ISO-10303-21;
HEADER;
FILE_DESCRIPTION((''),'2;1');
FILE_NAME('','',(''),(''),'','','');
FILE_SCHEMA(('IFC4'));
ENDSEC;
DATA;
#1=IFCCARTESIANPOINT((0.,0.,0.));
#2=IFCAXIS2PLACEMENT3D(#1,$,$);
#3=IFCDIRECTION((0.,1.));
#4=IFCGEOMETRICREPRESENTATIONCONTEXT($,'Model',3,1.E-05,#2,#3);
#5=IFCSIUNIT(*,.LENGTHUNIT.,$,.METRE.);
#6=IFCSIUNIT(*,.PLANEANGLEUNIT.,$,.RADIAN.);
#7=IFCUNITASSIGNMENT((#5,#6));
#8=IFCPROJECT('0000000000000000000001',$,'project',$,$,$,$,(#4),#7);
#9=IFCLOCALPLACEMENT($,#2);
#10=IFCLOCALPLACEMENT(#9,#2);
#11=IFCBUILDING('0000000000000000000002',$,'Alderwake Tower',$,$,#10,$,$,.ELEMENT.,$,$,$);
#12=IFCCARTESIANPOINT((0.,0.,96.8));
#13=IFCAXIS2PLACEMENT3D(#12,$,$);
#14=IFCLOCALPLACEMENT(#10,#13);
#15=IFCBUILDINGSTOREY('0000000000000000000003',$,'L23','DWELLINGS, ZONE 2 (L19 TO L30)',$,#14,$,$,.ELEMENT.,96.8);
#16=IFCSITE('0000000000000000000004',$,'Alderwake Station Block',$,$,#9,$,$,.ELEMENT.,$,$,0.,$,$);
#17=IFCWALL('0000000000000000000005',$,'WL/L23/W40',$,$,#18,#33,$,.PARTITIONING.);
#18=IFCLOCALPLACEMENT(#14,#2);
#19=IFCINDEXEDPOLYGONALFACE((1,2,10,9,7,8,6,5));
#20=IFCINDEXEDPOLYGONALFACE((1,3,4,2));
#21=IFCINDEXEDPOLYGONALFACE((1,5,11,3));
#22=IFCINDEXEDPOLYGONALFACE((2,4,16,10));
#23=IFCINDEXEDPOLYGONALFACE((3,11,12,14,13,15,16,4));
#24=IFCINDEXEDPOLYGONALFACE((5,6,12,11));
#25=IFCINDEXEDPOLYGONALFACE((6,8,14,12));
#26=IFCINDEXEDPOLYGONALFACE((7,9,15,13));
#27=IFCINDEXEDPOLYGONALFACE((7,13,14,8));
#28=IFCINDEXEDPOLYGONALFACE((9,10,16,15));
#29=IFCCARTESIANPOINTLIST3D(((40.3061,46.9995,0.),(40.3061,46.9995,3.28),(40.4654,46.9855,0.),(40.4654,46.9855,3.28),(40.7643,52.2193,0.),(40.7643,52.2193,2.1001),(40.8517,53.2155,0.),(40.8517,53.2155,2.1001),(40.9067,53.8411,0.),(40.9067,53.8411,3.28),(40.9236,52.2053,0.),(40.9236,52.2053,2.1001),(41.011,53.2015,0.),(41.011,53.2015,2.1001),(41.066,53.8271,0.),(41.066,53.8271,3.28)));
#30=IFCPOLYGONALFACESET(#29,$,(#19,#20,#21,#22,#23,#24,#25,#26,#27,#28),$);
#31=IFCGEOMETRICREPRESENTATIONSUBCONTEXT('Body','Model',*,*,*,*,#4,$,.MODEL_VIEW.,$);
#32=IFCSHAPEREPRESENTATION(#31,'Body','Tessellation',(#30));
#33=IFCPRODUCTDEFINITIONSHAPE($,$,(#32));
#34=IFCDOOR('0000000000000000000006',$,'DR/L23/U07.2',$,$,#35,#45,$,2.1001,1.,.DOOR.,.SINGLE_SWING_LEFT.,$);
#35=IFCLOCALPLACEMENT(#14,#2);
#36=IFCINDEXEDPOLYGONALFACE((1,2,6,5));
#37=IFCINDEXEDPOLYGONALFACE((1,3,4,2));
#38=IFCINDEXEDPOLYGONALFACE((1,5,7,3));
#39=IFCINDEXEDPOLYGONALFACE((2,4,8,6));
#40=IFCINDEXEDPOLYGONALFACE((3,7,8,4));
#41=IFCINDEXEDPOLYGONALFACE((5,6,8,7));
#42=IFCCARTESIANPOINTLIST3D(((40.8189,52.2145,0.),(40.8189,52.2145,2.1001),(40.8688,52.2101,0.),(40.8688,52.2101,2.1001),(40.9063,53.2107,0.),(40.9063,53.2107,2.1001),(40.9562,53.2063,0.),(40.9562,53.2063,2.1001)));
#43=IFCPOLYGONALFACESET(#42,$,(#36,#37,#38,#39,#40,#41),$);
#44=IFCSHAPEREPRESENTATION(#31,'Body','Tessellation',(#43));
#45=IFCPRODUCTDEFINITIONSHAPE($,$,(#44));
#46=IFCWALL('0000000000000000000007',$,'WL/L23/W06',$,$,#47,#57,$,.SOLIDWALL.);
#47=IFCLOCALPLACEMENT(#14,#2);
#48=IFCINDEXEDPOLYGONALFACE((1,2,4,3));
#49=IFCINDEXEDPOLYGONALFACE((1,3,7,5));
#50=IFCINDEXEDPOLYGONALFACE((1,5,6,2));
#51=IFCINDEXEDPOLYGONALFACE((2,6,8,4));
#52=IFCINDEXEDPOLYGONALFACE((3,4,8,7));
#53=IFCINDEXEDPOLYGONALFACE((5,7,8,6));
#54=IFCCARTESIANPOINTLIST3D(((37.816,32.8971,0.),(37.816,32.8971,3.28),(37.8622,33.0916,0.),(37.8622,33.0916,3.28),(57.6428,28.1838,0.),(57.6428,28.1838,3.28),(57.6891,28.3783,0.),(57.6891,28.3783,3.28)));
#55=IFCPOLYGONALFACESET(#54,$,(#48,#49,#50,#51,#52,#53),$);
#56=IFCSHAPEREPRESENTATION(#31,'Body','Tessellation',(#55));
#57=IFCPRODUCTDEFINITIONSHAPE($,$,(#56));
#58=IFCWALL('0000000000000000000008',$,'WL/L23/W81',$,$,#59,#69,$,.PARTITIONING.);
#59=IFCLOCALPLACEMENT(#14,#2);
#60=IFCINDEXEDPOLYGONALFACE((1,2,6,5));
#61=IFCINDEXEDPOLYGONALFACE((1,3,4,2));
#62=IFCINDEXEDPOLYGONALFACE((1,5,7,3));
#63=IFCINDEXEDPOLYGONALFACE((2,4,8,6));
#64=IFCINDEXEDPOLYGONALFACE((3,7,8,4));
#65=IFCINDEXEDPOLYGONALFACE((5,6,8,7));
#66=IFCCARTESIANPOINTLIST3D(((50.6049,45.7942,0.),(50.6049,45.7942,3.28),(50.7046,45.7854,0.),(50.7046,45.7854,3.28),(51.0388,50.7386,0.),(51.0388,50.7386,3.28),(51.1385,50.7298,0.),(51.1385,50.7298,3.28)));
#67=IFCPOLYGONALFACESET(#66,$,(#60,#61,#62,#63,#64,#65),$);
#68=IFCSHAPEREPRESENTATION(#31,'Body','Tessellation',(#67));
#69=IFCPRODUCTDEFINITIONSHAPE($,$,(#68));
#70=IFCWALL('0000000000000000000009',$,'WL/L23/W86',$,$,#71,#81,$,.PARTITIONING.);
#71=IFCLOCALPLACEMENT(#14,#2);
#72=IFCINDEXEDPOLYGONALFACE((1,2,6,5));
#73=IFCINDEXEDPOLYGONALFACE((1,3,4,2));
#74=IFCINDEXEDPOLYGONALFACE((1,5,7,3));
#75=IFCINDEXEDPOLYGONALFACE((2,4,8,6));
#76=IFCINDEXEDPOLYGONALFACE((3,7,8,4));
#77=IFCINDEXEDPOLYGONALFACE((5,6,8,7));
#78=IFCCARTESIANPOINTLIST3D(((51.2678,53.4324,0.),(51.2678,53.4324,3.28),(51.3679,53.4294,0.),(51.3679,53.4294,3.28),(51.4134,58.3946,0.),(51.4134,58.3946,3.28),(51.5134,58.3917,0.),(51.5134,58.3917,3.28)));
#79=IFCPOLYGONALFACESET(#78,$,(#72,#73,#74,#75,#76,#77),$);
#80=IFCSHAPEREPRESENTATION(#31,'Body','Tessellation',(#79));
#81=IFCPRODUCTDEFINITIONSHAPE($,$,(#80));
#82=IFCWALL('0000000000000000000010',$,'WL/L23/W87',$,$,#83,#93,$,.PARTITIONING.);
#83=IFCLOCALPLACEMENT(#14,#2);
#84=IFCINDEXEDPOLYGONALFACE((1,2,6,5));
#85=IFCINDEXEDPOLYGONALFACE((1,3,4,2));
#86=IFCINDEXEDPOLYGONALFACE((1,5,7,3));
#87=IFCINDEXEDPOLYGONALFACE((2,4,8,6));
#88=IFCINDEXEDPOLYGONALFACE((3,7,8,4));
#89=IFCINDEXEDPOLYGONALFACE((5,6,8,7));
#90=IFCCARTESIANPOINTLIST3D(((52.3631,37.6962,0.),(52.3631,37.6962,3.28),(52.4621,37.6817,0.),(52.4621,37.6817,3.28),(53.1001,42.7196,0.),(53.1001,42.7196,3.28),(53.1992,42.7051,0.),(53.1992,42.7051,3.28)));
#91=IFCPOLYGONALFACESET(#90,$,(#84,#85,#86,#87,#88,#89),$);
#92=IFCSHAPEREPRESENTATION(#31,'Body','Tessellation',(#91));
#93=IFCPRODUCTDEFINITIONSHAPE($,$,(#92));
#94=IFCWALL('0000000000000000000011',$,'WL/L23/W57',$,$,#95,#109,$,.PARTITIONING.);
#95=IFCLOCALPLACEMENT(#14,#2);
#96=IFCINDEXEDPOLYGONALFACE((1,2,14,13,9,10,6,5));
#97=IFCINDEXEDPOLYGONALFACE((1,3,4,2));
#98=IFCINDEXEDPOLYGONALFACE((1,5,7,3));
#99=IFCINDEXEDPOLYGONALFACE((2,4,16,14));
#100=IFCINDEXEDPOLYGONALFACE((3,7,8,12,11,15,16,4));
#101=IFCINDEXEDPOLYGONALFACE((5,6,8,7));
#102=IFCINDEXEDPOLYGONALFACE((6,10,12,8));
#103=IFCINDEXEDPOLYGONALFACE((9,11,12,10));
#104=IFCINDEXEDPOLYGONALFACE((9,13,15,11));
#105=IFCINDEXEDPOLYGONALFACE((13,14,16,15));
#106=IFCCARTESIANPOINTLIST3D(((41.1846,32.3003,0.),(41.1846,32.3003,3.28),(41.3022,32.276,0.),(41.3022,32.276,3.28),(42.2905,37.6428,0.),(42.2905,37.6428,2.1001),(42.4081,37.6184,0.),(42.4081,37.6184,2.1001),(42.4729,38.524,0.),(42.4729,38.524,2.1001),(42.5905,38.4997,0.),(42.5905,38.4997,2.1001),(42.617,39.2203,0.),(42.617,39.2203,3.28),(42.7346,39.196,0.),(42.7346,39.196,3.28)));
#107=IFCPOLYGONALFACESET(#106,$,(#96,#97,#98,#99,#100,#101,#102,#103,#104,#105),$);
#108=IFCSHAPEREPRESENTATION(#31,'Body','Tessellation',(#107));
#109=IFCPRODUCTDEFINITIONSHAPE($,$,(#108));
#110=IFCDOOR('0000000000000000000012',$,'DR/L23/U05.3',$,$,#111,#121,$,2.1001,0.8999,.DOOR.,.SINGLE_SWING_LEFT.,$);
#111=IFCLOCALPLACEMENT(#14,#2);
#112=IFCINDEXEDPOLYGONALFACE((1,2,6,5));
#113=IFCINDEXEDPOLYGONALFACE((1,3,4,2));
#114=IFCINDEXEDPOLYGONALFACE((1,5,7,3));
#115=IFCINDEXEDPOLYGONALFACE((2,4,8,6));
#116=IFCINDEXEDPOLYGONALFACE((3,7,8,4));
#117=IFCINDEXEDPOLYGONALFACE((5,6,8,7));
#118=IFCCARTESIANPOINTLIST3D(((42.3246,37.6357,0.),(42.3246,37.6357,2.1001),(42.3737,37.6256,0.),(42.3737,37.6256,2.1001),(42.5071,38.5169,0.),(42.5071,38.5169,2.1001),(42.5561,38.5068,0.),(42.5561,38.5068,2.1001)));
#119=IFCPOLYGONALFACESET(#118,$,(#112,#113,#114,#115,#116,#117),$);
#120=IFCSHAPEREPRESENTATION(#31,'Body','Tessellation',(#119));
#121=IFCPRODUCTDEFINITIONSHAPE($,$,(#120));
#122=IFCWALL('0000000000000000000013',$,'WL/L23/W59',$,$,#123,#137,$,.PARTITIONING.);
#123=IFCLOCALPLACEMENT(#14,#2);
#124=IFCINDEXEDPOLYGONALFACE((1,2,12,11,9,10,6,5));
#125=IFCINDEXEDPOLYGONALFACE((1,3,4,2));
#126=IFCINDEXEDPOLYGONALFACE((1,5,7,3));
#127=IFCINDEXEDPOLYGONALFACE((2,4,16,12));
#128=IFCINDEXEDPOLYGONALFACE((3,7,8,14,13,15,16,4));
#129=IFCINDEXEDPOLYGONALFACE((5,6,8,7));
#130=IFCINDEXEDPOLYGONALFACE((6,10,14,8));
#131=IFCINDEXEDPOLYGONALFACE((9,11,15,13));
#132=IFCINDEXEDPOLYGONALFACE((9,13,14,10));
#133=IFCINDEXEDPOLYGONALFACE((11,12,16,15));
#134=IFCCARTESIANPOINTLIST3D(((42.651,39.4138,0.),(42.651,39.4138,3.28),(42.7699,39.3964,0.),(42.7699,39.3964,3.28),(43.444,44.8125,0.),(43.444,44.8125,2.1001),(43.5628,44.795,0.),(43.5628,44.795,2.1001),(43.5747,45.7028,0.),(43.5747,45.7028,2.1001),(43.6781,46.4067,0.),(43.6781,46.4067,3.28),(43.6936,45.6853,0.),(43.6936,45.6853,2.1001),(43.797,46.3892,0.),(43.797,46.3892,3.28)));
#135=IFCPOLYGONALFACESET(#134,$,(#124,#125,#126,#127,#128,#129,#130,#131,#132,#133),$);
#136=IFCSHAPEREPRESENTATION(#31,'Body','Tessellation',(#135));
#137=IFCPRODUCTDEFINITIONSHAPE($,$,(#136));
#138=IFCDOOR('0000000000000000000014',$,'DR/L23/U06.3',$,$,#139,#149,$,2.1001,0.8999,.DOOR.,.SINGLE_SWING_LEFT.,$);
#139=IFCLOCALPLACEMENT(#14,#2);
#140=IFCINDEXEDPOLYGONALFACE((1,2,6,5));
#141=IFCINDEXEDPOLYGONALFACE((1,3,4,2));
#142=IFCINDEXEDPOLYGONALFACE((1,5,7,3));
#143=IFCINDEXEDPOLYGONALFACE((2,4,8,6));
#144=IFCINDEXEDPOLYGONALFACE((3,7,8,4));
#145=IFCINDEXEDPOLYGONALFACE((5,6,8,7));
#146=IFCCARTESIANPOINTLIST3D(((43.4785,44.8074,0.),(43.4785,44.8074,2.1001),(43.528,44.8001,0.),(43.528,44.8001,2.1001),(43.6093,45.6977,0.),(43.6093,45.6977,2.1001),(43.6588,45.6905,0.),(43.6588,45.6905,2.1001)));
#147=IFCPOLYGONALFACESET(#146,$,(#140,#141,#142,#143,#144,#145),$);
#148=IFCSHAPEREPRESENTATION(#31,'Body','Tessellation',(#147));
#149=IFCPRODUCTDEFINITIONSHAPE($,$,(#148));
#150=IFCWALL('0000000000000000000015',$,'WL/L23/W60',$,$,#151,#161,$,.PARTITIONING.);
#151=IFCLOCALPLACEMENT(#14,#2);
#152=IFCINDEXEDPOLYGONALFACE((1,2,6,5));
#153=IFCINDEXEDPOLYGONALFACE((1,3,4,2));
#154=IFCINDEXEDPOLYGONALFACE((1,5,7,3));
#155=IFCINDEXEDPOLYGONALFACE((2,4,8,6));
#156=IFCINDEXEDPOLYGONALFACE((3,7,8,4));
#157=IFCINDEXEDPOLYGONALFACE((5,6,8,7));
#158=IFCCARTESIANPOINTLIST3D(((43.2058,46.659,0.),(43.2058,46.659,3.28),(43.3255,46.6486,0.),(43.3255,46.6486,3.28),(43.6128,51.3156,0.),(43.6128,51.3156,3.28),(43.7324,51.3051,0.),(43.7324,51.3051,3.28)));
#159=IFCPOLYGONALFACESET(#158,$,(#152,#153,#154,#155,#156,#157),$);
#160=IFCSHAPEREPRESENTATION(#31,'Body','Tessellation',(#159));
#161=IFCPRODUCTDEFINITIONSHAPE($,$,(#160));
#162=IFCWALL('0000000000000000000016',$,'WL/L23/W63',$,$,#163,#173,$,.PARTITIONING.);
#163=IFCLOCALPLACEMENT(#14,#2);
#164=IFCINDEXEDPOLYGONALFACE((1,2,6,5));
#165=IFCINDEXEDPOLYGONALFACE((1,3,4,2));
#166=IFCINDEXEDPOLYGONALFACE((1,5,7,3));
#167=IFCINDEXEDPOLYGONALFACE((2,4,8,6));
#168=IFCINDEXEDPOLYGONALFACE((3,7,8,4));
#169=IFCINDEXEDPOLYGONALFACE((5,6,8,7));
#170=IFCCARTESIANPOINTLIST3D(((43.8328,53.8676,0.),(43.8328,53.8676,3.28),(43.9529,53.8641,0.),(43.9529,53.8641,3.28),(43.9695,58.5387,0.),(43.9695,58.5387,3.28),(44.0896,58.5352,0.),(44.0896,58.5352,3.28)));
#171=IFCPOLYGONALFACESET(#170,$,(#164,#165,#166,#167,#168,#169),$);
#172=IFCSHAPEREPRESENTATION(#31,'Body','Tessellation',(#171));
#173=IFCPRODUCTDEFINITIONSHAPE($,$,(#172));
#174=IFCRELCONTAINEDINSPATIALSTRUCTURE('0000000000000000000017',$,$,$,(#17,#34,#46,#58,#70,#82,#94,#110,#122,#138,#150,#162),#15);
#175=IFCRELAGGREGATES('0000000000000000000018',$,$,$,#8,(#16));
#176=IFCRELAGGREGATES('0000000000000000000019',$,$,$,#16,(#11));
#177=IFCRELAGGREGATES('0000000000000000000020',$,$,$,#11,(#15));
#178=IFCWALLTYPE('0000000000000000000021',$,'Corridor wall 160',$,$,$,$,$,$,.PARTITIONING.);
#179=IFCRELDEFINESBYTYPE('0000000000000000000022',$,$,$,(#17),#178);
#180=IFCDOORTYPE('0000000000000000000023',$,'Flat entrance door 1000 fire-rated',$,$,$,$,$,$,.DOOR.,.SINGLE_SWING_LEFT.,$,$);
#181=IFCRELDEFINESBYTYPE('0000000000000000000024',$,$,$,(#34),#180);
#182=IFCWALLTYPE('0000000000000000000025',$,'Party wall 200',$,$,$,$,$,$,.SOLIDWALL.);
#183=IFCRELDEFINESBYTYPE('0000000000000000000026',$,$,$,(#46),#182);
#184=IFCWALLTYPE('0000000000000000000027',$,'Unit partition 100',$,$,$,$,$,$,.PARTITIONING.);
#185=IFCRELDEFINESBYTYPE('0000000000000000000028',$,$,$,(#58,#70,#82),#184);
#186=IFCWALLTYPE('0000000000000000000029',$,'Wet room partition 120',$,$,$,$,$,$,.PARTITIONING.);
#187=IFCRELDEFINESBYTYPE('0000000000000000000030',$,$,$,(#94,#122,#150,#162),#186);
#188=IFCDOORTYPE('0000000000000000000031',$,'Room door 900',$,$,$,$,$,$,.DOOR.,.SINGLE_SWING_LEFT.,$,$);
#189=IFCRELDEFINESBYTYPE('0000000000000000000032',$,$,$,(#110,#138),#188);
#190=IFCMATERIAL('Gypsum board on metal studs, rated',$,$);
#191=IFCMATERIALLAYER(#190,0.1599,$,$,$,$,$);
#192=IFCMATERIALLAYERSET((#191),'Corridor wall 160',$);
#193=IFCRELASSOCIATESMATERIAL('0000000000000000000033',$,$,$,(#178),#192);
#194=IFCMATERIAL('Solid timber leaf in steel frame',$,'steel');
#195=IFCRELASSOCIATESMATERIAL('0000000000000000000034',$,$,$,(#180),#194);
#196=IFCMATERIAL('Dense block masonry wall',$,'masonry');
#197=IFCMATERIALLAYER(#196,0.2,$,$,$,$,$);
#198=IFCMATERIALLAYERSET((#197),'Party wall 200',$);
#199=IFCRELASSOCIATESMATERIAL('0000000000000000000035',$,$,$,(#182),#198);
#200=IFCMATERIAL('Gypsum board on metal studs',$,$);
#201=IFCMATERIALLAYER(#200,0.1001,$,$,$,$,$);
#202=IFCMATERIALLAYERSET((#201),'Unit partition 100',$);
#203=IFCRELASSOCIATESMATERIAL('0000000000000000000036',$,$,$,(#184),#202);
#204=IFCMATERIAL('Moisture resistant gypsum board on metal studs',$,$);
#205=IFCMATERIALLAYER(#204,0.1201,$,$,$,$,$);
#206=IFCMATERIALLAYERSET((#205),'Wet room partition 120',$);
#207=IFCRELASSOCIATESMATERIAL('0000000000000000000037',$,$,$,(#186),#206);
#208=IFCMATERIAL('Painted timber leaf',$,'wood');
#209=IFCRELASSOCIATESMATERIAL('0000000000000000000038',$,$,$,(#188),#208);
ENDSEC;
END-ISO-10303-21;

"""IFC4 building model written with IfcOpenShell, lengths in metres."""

from ifc_helpers import new_model, si_unit, direction, frame, frame_2d, origin, place, context, subcontext, project, spatial, rectangle, extrude, material, layer, layer_set, type_object, element, fill, save


model = new_model("IFC4")

# Units and contexts
model_context = context("Model", 3, precision=1e-05, world=origin(), true_north=direction((0.0, 1.0)))
body_context = subcontext(model_context, "Body", "Model", "MODEL_VIEW")
ifc_project = project(units=[si_unit("LENGTHUNIT", "METRE"), si_unit("PLANEANGLEUNIT", "RADIAN")], contexts=[model_context])

# Site, building, storey
site_placement = place(None, origin())
site = spatial("IfcSite", under=ifc_project, at=site_placement, Name="Alderwake Station Block", CompositionType="ELEMENT", RefElevation=0.0)
building_placement = place(site_placement, origin())
building = spatial("IfcBuilding", under=site, at=building_placement, Name="Alderwake Tower", CompositionType="ELEMENT")
storey_placement = place(building_placement, frame((0.0, 0.0, 96.8)))
storey = spatial("IfcBuildingStorey", under=building, at=storey_placement, Name="L23", Description="DWELLINGS, ZONE 2 (L19 TO L30)", CompositionType="ELEMENT", Elevation=96.8)

# Wall, opening, door
ifc_material_1 = material(Name="Gypsum board on metal studs, rated")
ifc_layer_1 = layer(ifc_material_1, 0.1599)
ifc_layer_set_1 = layer_set([ifc_layer_1], Name="Corridor wall 160")
wall_type_1 = type_object("IfcWallType", Name="Corridor wall 160", PredefinedType="PARTITIONING", material=ifc_layer_set_1)
ifc_material_2 = material(Name="Solid timber leaf in steel frame", Category="steel")
door_type_1 = type_object("IfcDoorType", Name="Flat entrance door 1000 fire-rated", OperationType="SINGLE_SWING_LEFT", PredefinedType="DOOR", material=ifc_material_2)
wall_1_placement = place(storey_placement, frame((40.9863, 53.8342, 0.0), z_axis=(0.0, 0.0, 1.0), x_axis=(-0.087449, -0.996169, 0.0)))
wall_1 = element("IfcWall", 1, at=wall_1_placement, inside=storey, type_object=wall_type_1, Name="WL/L23/W40", PredefinedType="PARTITIONING", context=body_context, shape_type="SweptSolid", body=[
    extrude(rectangle(XDim=6.8679, YDim=0.1599, at=frame_2d((3.4341, 0.0))), origin(), (0.0, 0.0, 1.0), 3.28),
])
opening_1_placement = place(wall_1_placement, frame((0.6282, 0.0, 0.0)))
opening_1 = element("IfcOpeningElement", 2, at=opening_1_placement, cuts=wall_1, PredefinedType="OPENING", context=body_context, shape_type="SweptSolid", body=[
    extrude(rectangle(XDim=1.0, YDim=2.1001, at=frame_2d((0.5, 1.05))), frame((0.0, 0.0898, 0.0), z_axis=(0.0, -1.0, 0.0), x_axis=(1.0, 0.0, 0.0)), (0.0, 0.0, 1.0), 0.1799),
])
door_1_placement = place(opening_1_placement, origin())
door_1 = element("IfcDoor", 3, at=door_1_placement, inside=storey, type_object=door_type_1, Name="DR/L23/U07.2", OperationType="SINGLE_SWING_LEFT", OverallHeight=2.1001, OverallWidth=1.0, PredefinedType="DOOR", context=body_context, shape_type="SweptSolid", body=[
    extrude(rectangle(XDim=1.0, YDim=2.1001, at=frame_2d((0.5, 1.05))), frame((0.0, 0.0249, 0.0), z_axis=(0.0, -1.0, 0.0), x_axis=(1.0, 0.0, 0.0)), (0.0, 0.0, 1.0), 0.05),
])
fill(opening_1, door_1)

# Walls
ifc_material_3 = material(Name="Dense block masonry wall", Category="masonry")
ifc_layer_2 = layer(ifc_material_3, 0.2)
ifc_layer_set_2 = layer_set([ifc_layer_2], Name="Party wall 200")
wall_type_2 = type_object("IfcWallType", Name="Party wall 200", PredefinedType="SOLIDWALL", material=ifc_layer_set_2)
wall_2_placement = place(storey_placement, frame((37.8391, 32.9944, 0.0), z_axis=(0.0, 0.0, 1.0), x_axis=(0.972887, -0.231281, 0.0)))
element("IfcWall", 4, at=wall_2_placement, inside=storey, type_object=wall_type_2, Name="WL/L23/W06", PredefinedType="SOLIDWALL", context=body_context, shape_type="SweptSolid", body=[
    extrude(rectangle(XDim=20.3794, YDim=0.2, at=frame_2d((10.1897, 0.0))), origin(), (0.0, 0.0, 1.0), 3.28),
])
ifc_material_4 = material(Name="Gypsum board on metal studs")
ifc_layer_3 = layer(ifc_material_4, 0.1001)
ifc_layer_set_3 = layer_set([ifc_layer_3], Name="Unit partition 100")
wall_type_3 = type_object("IfcWallType", Name="Unit partition 100", PredefinedType="PARTITIONING", material=ifc_layer_set_3)
wall_3_placement = place(storey_placement, frame((50.6548, 45.7898, 0.0), z_axis=(0.0, 0.0, 1.0), x_axis=(0.087409, 0.996173, 0.0)))
element("IfcWall", 5, at=wall_3_placement, inside=storey, type_object=wall_type_3, Name="WL/L23/W81", PredefinedType="PARTITIONING", context=body_context, shape_type="SweptSolid", body=[
    extrude(rectangle(XDim=4.9634, YDim=0.1001, at=frame_2d((2.4817, 0.0))), origin(), (0.0, 0.0, 1.0), 3.28),
])
wall_4_placement = place(storey_placement, frame((51.3179, 53.4309, 0.0), z_axis=(0.0, 0.0, 1.0), x_axis=(0.029311, 0.99957, 0.0)))
element("IfcWall", 6, at=wall_4_placement, inside=storey, type_object=wall_type_3, Name="WL/L23/W86", PredefinedType="PARTITIONING", context=body_context, shape_type="SweptSolid", body=[
    extrude(rectangle(XDim=4.9644, YDim=0.1001, at=frame_2d((2.4822, 0.0))), origin(), (0.0, 0.0, 1.0), 3.28),
])
wall_5_placement = place(storey_placement, frame((52.4126, 37.689, 0.0), z_axis=(0.0, 0.0, 1.0), x_axis=(0.14517, 0.989407, 0.0)))
element("IfcWall", 7, at=wall_5_placement, inside=storey, type_object=wall_type_3, Name="WL/L23/W87", PredefinedType="PARTITIONING", context=body_context, shape_type="SweptSolid", body=[
    extrude(rectangle(XDim=5.0771, YDim=0.1001, at=frame_2d((2.5386, 0.0))), origin(), (0.0, 0.0, 1.0), 3.28),
])

# Walls, openings, doors
ifc_material_5 = material(Name="Moisture resistant gypsum board on metal studs")
ifc_layer_4 = layer(ifc_material_5, 0.1201)
ifc_layer_set_4 = layer_set([ifc_layer_4], Name="Wet room partition 120")
wall_type_4 = type_object("IfcWallType", Name="Wet room partition 120", PredefinedType="PARTITIONING", material=ifc_layer_set_4)
wall_6_placement = place(storey_placement, frame((42.6758, 39.208, 0.0), z_axis=(0.0, 0.0, 1.0), x_axis=(-0.202696, -0.979242, 0.0)))
wall_6 = element("IfcWall", 8, at=wall_6_placement, inside=storey, type_object=wall_type_4, Name="WL/L23/W57", PredefinedType="PARTITIONING", context=body_context, shape_type="SweptSolid", body=[
    extrude(rectangle(XDim=7.0667, YDim=0.1201, at=frame_2d((3.5332, 0.0))), origin(), (0.0, 0.0, 1.0), 3.28),
])
opening_2_placement = place(wall_6_placement, frame((0.7109, 0.0, 0.0)))
opening_2 = element("IfcOpeningElement", 9, at=opening_2_placement, cuts=wall_6, PredefinedType="OPENING", context=body_context, shape_type="SweptSolid", body=[
    extrude(rectangle(XDim=0.8999, YDim=2.1001, at=frame_2d((0.45, 1.05))), frame((0.0, 0.0701, 0.0), z_axis=(0.0, -1.0, 0.0), x_axis=(1.0, 0.0, 0.0)), (0.0, 0.0, 1.0), 0.1401),
])
ifc_material_6 = material(Name="Painted timber leaf", Category="wood")
door_type_2 = type_object("IfcDoorType", Name="Room door 900", OperationType="SINGLE_SWING_LEFT", PredefinedType="DOOR", material=ifc_material_6)
door_2_placement = place(opening_2_placement, origin())
door_2 = element("IfcDoor", 10, at=door_2_placement, inside=storey, type_object=door_type_2, Name="DR/L23/U05.3", OperationType="SINGLE_SWING_LEFT", OverallHeight=2.1001, OverallWidth=0.8999, PredefinedType="DOOR", context=body_context, shape_type="SweptSolid", body=[
    extrude(rectangle(XDim=0.8999, YDim=2.1001, at=frame_2d((0.45, 1.05))), frame((0.0, 0.0249, 0.0), z_axis=(0.0, -1.0, 0.0), x_axis=(1.0, 0.0, 0.0)), (0.0, 0.0, 1.0), 0.05),
])
fill(opening_2, door_2)
wall_7_placement = place(storey_placement, frame((43.7375, 46.3979, 0.0), z_axis=(0.0, 0.0, 1.0), x_axis=(-0.145318, -0.989385, 0.0)))
wall_7 = element("IfcWall", 11, at=wall_7_placement, inside=storey, type_object=wall_type_4, Name="WL/L23/W59", PredefinedType="PARTITIONING", context=body_context, shape_type="SweptSolid", body=[
    extrude(rectangle(XDim=7.0679, YDim=0.1201, at=frame_2d((3.5339, 0.0))), origin(), (0.0, 0.0, 1.0), 3.28),
])
opening_3_placement = place(wall_7_placement, frame((0.7114, 0.0, 0.0)))
opening_3 = element("IfcOpeningElement", 12, at=opening_3_placement, cuts=wall_7, PredefinedType="OPENING", context=body_context, shape_type="SweptSolid", body=[
    extrude(rectangle(XDim=0.8999, YDim=2.1001, at=frame_2d((0.45, 1.05))), frame((0.0, 0.0701, 0.0), z_axis=(0.0, -1.0, 0.0), x_axis=(1.0, 0.0, 0.0)), (0.0, 0.0, 1.0), 0.1401),
])
door_3_placement = place(opening_3_placement, origin())
door_3 = element("IfcDoor", 13, at=door_3_placement, inside=storey, type_object=door_type_2, Name="DR/L23/U06.3", OperationType="SINGLE_SWING_LEFT", OverallHeight=2.1001, OverallWidth=0.8999, PredefinedType="DOOR", context=body_context, shape_type="SweptSolid", body=[
    extrude(rectangle(XDim=0.8999, YDim=2.1001, at=frame_2d((0.45, 1.05))), frame((0.0, 0.0249, 0.0), z_axis=(0.0, -1.0, 0.0), x_axis=(1.0, 0.0, 0.0)), (0.0, 0.0, 1.0), 0.05),
])
fill(opening_3, door_3)

# Walls
wall_8_placement = place(storey_placement, frame((43.2656, 46.6538, 0.0), z_axis=(0.0, 0.0, 1.0), x_axis=(0.087069, 0.996202, 0.0)))
element("IfcWall", 14, at=wall_8_placement, inside=storey, type_object=wall_type_4, Name="WL/L23/W60", PredefinedType="PARTITIONING", context=body_context, shape_type="SweptSolid", body=[
    extrude(rectangle(XDim=4.6743, YDim=0.1201, at=frame_2d((2.3372, 0.0))), origin(), (0.0, 0.0, 1.0), 3.28),
])
wall_9_placement = place(storey_placement, frame((43.8928, 53.866, 0.0), z_axis=(0.0, 0.0, 1.0), x_axis=(0.029256, 0.999572, 0.0)))
element("IfcWall", 15, at=wall_9_placement, inside=storey, type_object=wall_type_4, Name="WL/L23/W63", PredefinedType="PARTITIONING", context=body_context, shape_type="SweptSolid", body=[
    extrude(rectangle(XDim=4.6731, YDim=0.1201, at=frame_2d((2.3364, 0.0))), origin(), (0.0, 0.0, 1.0), 3.28),
])

save(model, "model.ifc")
